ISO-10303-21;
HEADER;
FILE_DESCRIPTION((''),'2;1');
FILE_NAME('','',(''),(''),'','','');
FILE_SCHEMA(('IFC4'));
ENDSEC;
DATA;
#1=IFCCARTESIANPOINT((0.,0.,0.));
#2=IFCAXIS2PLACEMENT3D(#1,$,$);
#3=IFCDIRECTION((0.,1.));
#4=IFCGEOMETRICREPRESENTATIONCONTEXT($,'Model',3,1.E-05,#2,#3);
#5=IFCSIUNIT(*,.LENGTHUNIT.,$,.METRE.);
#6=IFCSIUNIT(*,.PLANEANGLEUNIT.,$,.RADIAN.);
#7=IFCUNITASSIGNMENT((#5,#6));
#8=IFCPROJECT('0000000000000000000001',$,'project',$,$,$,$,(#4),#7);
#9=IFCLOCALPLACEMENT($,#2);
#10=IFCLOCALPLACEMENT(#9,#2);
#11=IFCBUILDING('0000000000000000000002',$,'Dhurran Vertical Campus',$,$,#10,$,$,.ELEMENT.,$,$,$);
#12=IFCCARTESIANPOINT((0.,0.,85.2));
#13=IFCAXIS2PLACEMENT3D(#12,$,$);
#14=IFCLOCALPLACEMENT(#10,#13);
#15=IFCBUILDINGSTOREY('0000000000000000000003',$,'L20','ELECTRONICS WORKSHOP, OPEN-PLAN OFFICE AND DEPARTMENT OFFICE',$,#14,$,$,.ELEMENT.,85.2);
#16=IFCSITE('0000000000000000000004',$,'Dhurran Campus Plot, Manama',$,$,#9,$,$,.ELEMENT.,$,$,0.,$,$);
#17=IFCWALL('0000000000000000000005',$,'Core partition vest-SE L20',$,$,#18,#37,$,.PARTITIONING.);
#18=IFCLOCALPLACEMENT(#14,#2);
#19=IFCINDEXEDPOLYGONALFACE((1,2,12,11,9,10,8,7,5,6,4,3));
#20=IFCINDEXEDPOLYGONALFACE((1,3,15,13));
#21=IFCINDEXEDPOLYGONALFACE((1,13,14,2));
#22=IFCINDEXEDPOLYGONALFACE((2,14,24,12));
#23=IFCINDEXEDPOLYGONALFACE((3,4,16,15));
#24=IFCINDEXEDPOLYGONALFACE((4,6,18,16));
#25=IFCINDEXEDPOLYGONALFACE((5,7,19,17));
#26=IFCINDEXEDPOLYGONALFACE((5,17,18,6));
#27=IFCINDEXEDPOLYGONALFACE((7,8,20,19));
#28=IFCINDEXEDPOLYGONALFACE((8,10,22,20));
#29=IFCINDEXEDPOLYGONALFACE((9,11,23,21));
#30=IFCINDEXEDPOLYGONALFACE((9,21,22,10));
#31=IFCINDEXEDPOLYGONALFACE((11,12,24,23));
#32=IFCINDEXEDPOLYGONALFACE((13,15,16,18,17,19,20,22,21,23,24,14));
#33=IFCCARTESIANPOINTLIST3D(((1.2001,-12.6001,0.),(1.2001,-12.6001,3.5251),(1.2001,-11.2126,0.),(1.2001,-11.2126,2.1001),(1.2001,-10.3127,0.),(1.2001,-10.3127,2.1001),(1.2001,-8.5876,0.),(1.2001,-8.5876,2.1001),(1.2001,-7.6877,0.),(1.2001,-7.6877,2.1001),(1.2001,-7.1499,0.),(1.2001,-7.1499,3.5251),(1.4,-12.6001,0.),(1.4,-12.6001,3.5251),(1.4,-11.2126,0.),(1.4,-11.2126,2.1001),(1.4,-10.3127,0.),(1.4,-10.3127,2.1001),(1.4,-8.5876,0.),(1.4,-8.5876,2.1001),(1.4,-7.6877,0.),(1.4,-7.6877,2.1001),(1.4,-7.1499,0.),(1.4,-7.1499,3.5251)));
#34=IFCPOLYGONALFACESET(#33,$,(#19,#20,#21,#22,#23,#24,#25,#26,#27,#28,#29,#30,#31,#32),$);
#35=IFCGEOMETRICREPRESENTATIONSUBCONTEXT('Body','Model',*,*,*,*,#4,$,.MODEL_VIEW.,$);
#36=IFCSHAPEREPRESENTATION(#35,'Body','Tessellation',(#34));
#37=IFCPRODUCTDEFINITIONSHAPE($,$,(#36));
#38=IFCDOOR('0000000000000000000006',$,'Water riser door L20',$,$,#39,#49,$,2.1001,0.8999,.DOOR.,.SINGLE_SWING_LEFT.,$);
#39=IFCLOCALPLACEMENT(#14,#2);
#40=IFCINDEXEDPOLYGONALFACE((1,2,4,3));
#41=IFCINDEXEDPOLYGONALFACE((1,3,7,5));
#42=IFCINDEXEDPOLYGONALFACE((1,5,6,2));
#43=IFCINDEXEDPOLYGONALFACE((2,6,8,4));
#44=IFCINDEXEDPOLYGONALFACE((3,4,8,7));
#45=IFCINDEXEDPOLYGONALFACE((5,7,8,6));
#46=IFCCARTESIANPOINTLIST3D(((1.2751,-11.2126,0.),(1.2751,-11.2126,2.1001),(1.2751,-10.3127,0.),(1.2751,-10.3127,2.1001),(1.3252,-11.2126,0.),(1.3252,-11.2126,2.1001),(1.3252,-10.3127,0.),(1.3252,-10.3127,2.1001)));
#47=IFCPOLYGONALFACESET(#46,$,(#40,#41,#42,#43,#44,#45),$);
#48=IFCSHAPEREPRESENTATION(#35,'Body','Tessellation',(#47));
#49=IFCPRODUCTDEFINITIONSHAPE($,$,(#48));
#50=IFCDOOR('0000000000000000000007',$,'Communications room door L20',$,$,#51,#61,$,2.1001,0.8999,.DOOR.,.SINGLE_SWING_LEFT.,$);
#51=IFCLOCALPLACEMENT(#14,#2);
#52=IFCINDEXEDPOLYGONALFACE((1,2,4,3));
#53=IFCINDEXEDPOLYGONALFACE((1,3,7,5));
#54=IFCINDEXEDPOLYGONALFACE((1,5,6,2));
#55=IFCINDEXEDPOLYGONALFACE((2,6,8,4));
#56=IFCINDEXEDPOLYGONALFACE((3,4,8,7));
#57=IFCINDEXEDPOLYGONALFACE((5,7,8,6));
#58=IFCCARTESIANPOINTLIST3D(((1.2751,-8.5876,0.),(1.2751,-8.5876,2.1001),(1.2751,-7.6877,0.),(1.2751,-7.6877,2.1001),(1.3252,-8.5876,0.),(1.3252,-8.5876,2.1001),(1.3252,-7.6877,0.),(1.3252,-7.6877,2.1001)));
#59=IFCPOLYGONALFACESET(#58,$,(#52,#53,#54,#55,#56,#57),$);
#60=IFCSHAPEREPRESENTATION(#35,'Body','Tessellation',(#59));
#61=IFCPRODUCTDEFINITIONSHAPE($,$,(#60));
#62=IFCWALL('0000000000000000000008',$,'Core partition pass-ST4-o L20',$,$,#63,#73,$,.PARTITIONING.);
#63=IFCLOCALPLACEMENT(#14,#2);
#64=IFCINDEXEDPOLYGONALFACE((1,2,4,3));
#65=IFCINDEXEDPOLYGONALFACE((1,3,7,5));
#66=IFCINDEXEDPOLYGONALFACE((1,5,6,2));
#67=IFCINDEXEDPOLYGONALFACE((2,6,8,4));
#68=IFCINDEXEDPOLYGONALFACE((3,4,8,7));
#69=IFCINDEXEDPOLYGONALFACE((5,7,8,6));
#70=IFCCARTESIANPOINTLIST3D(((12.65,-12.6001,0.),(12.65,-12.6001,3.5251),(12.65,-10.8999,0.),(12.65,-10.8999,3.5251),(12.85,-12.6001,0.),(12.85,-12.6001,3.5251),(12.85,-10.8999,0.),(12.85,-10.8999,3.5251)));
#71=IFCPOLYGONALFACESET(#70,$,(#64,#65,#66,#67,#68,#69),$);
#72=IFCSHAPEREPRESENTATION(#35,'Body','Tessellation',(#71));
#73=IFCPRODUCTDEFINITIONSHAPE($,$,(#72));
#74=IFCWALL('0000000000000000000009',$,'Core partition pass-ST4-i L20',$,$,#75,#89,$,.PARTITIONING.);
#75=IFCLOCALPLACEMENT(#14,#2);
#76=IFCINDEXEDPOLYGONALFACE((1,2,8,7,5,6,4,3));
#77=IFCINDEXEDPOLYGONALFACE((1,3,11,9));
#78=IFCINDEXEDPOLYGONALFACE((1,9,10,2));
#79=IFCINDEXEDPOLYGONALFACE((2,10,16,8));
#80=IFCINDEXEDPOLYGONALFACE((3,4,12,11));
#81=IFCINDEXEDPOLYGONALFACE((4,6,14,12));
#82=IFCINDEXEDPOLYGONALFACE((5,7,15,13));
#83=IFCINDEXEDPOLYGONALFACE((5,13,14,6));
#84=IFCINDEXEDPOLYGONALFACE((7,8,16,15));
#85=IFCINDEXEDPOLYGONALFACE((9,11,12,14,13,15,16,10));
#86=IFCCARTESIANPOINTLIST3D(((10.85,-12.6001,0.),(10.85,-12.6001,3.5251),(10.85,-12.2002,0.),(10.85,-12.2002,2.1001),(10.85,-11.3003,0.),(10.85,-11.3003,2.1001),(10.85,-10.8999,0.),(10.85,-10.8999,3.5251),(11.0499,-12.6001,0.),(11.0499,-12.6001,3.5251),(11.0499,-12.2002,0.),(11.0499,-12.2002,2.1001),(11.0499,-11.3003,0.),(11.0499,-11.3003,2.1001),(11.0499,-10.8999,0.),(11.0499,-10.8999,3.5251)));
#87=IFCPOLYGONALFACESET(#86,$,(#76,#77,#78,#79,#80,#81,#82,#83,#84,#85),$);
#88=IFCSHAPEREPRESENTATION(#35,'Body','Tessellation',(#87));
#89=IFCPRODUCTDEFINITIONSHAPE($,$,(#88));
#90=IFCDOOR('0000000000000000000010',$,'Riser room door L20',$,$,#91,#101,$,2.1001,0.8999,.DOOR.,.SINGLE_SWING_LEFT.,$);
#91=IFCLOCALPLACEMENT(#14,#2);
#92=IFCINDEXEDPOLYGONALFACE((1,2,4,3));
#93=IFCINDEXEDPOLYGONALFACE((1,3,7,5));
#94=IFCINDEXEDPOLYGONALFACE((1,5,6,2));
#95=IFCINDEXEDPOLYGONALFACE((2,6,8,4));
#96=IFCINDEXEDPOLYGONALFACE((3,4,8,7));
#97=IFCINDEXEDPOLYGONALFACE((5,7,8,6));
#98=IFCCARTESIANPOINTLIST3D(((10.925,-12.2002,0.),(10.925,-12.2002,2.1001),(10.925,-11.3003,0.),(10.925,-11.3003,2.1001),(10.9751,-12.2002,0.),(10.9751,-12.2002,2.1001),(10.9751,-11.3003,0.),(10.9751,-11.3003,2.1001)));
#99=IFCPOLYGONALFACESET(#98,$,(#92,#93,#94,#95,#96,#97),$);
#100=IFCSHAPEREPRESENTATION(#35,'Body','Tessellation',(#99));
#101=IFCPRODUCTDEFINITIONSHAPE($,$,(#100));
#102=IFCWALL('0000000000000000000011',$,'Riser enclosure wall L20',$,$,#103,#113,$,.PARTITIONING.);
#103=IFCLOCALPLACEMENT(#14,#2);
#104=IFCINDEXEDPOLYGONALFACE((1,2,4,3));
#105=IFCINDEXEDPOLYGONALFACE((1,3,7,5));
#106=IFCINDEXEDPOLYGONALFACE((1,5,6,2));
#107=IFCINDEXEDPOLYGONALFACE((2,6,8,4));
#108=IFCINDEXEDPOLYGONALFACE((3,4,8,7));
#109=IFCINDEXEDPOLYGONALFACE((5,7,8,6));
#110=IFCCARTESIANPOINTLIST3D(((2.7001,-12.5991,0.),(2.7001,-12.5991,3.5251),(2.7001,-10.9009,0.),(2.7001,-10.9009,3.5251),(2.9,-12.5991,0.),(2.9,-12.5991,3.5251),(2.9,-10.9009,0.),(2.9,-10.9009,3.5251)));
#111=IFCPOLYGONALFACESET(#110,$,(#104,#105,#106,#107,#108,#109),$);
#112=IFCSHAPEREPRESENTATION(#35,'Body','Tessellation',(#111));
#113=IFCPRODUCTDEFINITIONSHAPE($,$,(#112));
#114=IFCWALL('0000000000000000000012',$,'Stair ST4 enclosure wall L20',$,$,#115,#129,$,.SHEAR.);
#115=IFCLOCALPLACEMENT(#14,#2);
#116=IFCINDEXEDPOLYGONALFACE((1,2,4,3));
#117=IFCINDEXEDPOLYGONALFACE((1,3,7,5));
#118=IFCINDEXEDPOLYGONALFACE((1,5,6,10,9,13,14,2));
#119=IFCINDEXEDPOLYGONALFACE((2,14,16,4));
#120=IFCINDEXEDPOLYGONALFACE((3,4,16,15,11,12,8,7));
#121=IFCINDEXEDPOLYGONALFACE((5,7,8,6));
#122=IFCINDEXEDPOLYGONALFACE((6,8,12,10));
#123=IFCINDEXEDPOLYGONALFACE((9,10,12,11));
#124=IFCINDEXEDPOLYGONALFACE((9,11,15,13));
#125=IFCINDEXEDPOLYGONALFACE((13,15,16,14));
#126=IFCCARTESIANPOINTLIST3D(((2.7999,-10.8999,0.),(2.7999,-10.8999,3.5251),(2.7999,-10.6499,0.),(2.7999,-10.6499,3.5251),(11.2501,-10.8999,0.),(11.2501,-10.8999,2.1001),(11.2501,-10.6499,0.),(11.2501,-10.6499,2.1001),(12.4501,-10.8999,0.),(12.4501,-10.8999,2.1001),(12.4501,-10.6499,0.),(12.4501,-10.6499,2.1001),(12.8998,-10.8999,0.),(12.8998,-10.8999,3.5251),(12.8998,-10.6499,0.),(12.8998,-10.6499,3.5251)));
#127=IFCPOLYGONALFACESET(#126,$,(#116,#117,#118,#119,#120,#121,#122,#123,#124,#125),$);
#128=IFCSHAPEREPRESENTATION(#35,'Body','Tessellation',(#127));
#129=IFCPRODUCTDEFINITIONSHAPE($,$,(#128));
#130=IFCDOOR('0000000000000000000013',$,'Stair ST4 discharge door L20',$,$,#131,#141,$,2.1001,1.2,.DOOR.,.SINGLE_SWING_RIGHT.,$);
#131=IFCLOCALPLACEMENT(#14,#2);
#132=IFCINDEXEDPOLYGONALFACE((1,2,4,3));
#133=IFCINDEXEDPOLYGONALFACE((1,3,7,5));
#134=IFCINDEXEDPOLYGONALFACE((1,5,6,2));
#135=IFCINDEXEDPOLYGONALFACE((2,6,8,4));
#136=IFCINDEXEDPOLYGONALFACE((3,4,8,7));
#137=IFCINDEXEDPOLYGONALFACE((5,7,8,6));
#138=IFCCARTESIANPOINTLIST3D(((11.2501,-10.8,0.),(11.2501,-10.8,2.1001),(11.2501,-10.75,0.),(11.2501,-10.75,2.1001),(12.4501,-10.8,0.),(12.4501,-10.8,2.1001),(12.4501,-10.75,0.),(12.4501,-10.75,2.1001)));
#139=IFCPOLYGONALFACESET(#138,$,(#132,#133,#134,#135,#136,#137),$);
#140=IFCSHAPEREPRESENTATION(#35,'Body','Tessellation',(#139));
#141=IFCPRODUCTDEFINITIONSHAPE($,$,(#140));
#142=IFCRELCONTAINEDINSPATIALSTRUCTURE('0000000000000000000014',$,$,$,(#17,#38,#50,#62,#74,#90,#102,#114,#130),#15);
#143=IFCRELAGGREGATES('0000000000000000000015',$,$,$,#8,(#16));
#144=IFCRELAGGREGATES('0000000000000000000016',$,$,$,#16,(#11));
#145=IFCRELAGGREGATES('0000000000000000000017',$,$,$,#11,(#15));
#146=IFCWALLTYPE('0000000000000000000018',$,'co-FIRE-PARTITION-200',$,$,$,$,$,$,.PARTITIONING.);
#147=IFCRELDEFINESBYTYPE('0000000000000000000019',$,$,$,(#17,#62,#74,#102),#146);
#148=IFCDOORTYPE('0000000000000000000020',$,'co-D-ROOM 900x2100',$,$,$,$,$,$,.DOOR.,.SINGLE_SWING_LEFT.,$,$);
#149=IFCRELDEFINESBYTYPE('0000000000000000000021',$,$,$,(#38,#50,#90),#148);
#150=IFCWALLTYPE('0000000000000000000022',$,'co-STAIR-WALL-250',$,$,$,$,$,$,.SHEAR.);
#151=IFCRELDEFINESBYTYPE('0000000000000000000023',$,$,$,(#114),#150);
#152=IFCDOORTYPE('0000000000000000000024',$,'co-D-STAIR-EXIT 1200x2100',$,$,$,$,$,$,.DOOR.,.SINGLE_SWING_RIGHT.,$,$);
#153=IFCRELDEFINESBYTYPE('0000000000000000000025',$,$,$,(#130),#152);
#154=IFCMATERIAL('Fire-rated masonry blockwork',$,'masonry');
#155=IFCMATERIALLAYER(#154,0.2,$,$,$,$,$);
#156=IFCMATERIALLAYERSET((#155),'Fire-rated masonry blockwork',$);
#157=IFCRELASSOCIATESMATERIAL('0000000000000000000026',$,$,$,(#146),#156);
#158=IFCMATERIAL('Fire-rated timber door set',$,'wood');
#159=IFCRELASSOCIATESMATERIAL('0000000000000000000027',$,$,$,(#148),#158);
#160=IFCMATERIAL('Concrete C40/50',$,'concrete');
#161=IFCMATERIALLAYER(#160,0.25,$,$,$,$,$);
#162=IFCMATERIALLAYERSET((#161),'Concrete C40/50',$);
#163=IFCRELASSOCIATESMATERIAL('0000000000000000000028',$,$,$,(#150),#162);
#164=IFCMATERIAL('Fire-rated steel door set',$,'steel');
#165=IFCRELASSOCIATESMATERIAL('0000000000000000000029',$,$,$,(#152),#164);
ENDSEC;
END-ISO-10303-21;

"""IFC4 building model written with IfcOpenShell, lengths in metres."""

from ifc_helpers import new_model, si_unit, direction, frame, frame_2d, origin, place, context, subcontext, project, spatial, rectangle, extrude, material, layer, layer_set, type_object, element, fill, save


model = new_model("IFC4")

# Units and contexts
model_context = context("Model", 3, precision=1e-05, world=origin(), true_north=direction((0.0, 1.0)))
body_context = subcontext(model_context, "Body", "Model", "MODEL_VIEW")
ifc_project = project(units=[si_unit("LENGTHUNIT", "METRE"), si_unit("PLANEANGLEUNIT", "RADIAN")], contexts=[model_context])

# Site, building, storey
site_placement = place(None, origin())
site = spatial("IfcSite", under=ifc_project, at=site_placement, Name="Dhurran Campus Plot, Manama", CompositionType="ELEMENT", RefElevation=0.0)
building_placement = place(site_placement, origin())
building = spatial("IfcBuilding", under=site, at=building_placement, Name="Dhurran Vertical Campus", CompositionType="ELEMENT")
storey_placement = place(building_placement, frame((0.0, 0.0, 85.2)))
storey = spatial("IfcBuildingStorey", under=building, at=storey_placement, Name="L20", Description="ELECTRONICS WORKSHOP, OPEN-PLAN OFFICE AND DEPARTMENT OFFICE", CompositionType="ELEMENT", Elevation=85.2)

# Wall, openings, doors
ifc_material_1 = material(Name="Fire-rated masonry blockwork", Category="masonry")
ifc_layer_1 = layer(ifc_material_1, 0.2)
ifc_layer_set_1 = layer_set([ifc_layer_1], Name="Fire-rated masonry blockwork")
wall_type_1 = type_object("IfcWallType", Name="co-FIRE-PARTITION-200", PredefinedType="PARTITIONING", material=ifc_layer_set_1)
wall_1_placement = place(storey_placement, frame((1.3, -12.6001, 0.0), z_axis=(0.0, 0.0, 1.0), x_axis=(0.0, 1.0, 0.0)))
wall_1 = element("IfcWall", 1, at=wall_1_placement, inside=storey, type_object=wall_type_1, Name="Core partition vest-SE L20", PredefinedType="PARTITIONING", context=body_context, shape_type="SweptSolid", body=[
    extrude(rectangle(XDim=5.4502, YDim=0.2, at=frame_2d((2.7251, 0.0))), origin(), (0.0, 0.0, 1.0), 3.5251),
])
opening_1_placement = place(wall_1_placement, frame((1.3875, 0.0, 0.0)))
opening_1 = element("IfcOpeningElement", 2, at=opening_1_placement, cuts=wall_1, PredefinedType="OPENING", context=body_context, shape_type="SweptSolid", body=[
    extrude(rectangle(XDim=0.8999, YDim=2.1001, at=frame_2d((0.45, 1.05))), frame((0.0, 0.1099, 0.0), z_axis=(0.0, -1.0, 0.0), x_axis=(1.0, 0.0, 0.0)), (0.0, 0.0, 1.0), 0.22),
])
opening_2_placement = place(wall_1_placement, frame((4.0125, 0.0, 0.0)))
opening_2 = element("IfcOpeningElement", 3, at=opening_2_placement, cuts=wall_1, PredefinedType="OPENING", context=body_context, shape_type="SweptSolid", body=[
    extrude(rectangle(XDim=0.8999, YDim=2.1001, at=frame_2d((0.45, 1.05))), frame((0.0, 0.1099, 0.0), z_axis=(0.0, -1.0, 0.0), x_axis=(1.0, 0.0, 0.0)), (0.0, 0.0, 1.0), 0.22),
])
ifc_material_2 = material(Name="Fire-rated timber door set", Category="wood")
door_type_1 = type_object("IfcDoorType", Name="co-D-ROOM 900x2100", OperationType="SINGLE_SWING_LEFT", PredefinedType="DOOR", material=ifc_material_2)
door_1_placement = place(opening_1_placement, origin())
door_1 = element("IfcDoor", 4, at=door_1_placement, inside=storey, type_object=door_type_1, Name="Water riser door L20", OperationType="SINGLE_SWING_LEFT", OverallHeight=2.1001, OverallWidth=0.8999, PredefinedType="DOOR", context=body_context, shape_type="SweptSolid", body=[
    extrude(rectangle(XDim=0.8999, YDim=2.1001, at=frame_2d((0.45, 1.05))), frame((0.0, 0.0249, 0.0), z_axis=(0.0, -1.0, 0.0), x_axis=(1.0, 0.0, 0.0)), (0.0, 0.0, 1.0), 0.05),
])
fill(opening_1, door_1)
door_2_placement = place(opening_2_placement, origin())
door_2 = element("IfcDoor", 5, at=door_2_placement, inside=storey, type_object=door_type_1, Name="Communications room door L20", OperationType="SINGLE_SWING_LEFT", OverallHeight=2.1001, OverallWidth=0.8999, PredefinedType="DOOR", context=body_context, shape_type="SweptSolid", body=[
    extrude(rectangle(XDim=0.8999, YDim=2.1001, at=frame_2d((0.45, 1.05))), frame((0.0, 0.0249, 0.0), z_axis=(0.0, -1.0, 0.0), x_axis=(1.0, 0.0, 0.0)), (0.0, 0.0, 1.0), 0.05),
])
fill(opening_2, door_2)

# Wall
wall_2_placement = place(storey_placement, frame((12.75, -12.6001, 0.0), z_axis=(0.0, 0.0, 1.0), x_axis=(0.0, 1.0, 0.0)))
element("IfcWall", 6, at=wall_2_placement, inside=storey, type_object=wall_type_1, Name="Core partition pass-ST4-o L20", PredefinedType="PARTITIONING", context=body_context, shape_type="SweptSolid", body=[
    extrude(rectangle(XDim=1.7002, YDim=0.2, at=frame_2d((0.8501, 0.0))), origin(), (0.0, 0.0, 1.0), 3.5251),
])

# Wall, opening, door
wall_3_placement = place(storey_placement, frame((10.95, -12.6001, 0.0), z_axis=(0.0, 0.0, 1.0), x_axis=(0.0, 1.0, 0.0)))
wall_3 = element("IfcWall", 7, at=wall_3_placement, inside=storey, type_object=wall_type_1, Name="Core partition pass-ST4-i L20", PredefinedType="PARTITIONING", context=body_context, shape_type="SweptSolid", body=[
    extrude(rectangle(XDim=1.7002, YDim=0.2, at=frame_2d((0.8501, 0.0))), origin(), (0.0, 0.0, 1.0), 3.5251),
])
opening_3_placement = place(wall_3_placement, frame((0.3999, 0.0, 0.0)))
opening_3 = element("IfcOpeningElement", 8, at=opening_3_placement, cuts=wall_3, PredefinedType="OPENING", context=body_context, shape_type="SweptSolid", body=[
    extrude(rectangle(XDim=0.8999, YDim=2.1001, at=frame_2d((0.45, 1.05))), frame((0.0, 0.1099, 0.0), z_axis=(0.0, -1.0, 0.0), x_axis=(1.0, 0.0, 0.0)), (0.0, 0.0, 1.0), 0.22),
])
door_3_placement = place(opening_3_placement, origin())
door_3 = element("IfcDoor", 9, at=door_3_placement, inside=storey, type_object=door_type_1, Name="Riser room door L20", OperationType="SINGLE_SWING_LEFT", OverallHeight=2.1001, OverallWidth=0.8999, PredefinedType="DOOR", context=body_context, shape_type="SweptSolid", body=[
    extrude(rectangle(XDim=0.8999, YDim=2.1001, at=frame_2d((0.45, 1.05))), frame((0.0, 0.0249, 0.0), z_axis=(0.0, -1.0, 0.0), x_axis=(1.0, 0.0, 0.0)), (0.0, 0.0, 1.0), 0.05),
])
fill(opening_3, door_3)

# Wall
wall_4_placement = place(storey_placement, frame((2.8, -12.5991, 0.0), z_axis=(0.0, 0.0, 1.0), x_axis=(0.0, 1.0, 0.0)))
element("IfcWall", 10, at=wall_4_placement, inside=storey, type_object=wall_type_1, Name="Riser enclosure wall L20", PredefinedType="PARTITIONING", context=body_context, shape_type="SweptSolid", body=[
    extrude(rectangle(XDim=1.6982, YDim=0.2, at=frame_2d((0.8491, 0.0))), origin(), (0.0, 0.0, 1.0), 3.5251),
])

# Wall, opening, door
ifc_material_3 = material(Name="Concrete C40/50", Category="concrete")
ifc_layer_2 = layer(ifc_material_3, 0.25)
ifc_layer_set_2 = layer_set([ifc_layer_2], Name="Concrete C40/50")
wall_type_2 = type_object("IfcWallType", Name="co-STAIR-WALL-250", PredefinedType="SHEAR", material=ifc_layer_set_2)
wall_5_placement = place(storey_placement, frame((2.8, -10.7749, 0.0), z_axis=(0.0, 0.0, 1.0), x_axis=(1.0, 0.0, 0.0)))
wall_5 = element("IfcWall", 11, at=wall_5_placement, inside=storey, type_object=wall_type_2, Name="Stair ST4 enclosure wall L20", PredefinedType="SHEAR", context=body_context, shape_type="SweptSolid", body=[
    extrude(rectangle(XDim=10.0999, YDim=0.25, at=frame_2d((5.0498, 0.0))), origin(), (0.0, 0.0, 1.0), 3.5251),
])
opening_4_placement = place(wall_5_placement, frame((8.45, 0.0, 0.0)))
opening_4 = element("IfcOpeningElement", 12, at=opening_4_placement, cuts=wall_5, PredefinedType="OPENING", context=body_context, shape_type="SweptSolid", body=[
    extrude(rectangle(XDim=1.2, YDim=2.1001, at=frame_2d((0.6001, 1.05))), frame((0.0, 0.135, 0.0), z_axis=(0.0, -1.0, 0.0), x_axis=(1.0, 0.0, 0.0)), (0.0, 0.0, 1.0), 0.27),
])
ifc_material_4 = material(Name="Fire-rated steel door set", Category="steel")
door_type_2 = type_object("IfcDoorType", Name="co-D-STAIR-EXIT 1200x2100", OperationType="SINGLE_SWING_RIGHT", PredefinedType="DOOR", material=ifc_material_4)
door_4_placement = place(opening_4_placement, origin())
door_4 = element("IfcDoor", 13, at=door_4_placement, inside=storey, type_object=door_type_2, Name="Stair ST4 discharge door L20", OperationType="SINGLE_SWING_RIGHT", OverallHeight=2.1001, OverallWidth=1.2, PredefinedType="DOOR", context=body_context, shape_type="SweptSolid", body=[
    extrude(rectangle(XDim=1.2, YDim=2.1001, at=frame_2d((0.6001, 1.05))), frame((0.0, 0.0249, 0.0), z_axis=(0.0, -1.0, 0.0), x_axis=(1.0, 0.0, 0.0)), (0.0, 0.0, 1.0), 0.05),
])
fill(opening_4, door_4)

save(model, "model.ifc")
